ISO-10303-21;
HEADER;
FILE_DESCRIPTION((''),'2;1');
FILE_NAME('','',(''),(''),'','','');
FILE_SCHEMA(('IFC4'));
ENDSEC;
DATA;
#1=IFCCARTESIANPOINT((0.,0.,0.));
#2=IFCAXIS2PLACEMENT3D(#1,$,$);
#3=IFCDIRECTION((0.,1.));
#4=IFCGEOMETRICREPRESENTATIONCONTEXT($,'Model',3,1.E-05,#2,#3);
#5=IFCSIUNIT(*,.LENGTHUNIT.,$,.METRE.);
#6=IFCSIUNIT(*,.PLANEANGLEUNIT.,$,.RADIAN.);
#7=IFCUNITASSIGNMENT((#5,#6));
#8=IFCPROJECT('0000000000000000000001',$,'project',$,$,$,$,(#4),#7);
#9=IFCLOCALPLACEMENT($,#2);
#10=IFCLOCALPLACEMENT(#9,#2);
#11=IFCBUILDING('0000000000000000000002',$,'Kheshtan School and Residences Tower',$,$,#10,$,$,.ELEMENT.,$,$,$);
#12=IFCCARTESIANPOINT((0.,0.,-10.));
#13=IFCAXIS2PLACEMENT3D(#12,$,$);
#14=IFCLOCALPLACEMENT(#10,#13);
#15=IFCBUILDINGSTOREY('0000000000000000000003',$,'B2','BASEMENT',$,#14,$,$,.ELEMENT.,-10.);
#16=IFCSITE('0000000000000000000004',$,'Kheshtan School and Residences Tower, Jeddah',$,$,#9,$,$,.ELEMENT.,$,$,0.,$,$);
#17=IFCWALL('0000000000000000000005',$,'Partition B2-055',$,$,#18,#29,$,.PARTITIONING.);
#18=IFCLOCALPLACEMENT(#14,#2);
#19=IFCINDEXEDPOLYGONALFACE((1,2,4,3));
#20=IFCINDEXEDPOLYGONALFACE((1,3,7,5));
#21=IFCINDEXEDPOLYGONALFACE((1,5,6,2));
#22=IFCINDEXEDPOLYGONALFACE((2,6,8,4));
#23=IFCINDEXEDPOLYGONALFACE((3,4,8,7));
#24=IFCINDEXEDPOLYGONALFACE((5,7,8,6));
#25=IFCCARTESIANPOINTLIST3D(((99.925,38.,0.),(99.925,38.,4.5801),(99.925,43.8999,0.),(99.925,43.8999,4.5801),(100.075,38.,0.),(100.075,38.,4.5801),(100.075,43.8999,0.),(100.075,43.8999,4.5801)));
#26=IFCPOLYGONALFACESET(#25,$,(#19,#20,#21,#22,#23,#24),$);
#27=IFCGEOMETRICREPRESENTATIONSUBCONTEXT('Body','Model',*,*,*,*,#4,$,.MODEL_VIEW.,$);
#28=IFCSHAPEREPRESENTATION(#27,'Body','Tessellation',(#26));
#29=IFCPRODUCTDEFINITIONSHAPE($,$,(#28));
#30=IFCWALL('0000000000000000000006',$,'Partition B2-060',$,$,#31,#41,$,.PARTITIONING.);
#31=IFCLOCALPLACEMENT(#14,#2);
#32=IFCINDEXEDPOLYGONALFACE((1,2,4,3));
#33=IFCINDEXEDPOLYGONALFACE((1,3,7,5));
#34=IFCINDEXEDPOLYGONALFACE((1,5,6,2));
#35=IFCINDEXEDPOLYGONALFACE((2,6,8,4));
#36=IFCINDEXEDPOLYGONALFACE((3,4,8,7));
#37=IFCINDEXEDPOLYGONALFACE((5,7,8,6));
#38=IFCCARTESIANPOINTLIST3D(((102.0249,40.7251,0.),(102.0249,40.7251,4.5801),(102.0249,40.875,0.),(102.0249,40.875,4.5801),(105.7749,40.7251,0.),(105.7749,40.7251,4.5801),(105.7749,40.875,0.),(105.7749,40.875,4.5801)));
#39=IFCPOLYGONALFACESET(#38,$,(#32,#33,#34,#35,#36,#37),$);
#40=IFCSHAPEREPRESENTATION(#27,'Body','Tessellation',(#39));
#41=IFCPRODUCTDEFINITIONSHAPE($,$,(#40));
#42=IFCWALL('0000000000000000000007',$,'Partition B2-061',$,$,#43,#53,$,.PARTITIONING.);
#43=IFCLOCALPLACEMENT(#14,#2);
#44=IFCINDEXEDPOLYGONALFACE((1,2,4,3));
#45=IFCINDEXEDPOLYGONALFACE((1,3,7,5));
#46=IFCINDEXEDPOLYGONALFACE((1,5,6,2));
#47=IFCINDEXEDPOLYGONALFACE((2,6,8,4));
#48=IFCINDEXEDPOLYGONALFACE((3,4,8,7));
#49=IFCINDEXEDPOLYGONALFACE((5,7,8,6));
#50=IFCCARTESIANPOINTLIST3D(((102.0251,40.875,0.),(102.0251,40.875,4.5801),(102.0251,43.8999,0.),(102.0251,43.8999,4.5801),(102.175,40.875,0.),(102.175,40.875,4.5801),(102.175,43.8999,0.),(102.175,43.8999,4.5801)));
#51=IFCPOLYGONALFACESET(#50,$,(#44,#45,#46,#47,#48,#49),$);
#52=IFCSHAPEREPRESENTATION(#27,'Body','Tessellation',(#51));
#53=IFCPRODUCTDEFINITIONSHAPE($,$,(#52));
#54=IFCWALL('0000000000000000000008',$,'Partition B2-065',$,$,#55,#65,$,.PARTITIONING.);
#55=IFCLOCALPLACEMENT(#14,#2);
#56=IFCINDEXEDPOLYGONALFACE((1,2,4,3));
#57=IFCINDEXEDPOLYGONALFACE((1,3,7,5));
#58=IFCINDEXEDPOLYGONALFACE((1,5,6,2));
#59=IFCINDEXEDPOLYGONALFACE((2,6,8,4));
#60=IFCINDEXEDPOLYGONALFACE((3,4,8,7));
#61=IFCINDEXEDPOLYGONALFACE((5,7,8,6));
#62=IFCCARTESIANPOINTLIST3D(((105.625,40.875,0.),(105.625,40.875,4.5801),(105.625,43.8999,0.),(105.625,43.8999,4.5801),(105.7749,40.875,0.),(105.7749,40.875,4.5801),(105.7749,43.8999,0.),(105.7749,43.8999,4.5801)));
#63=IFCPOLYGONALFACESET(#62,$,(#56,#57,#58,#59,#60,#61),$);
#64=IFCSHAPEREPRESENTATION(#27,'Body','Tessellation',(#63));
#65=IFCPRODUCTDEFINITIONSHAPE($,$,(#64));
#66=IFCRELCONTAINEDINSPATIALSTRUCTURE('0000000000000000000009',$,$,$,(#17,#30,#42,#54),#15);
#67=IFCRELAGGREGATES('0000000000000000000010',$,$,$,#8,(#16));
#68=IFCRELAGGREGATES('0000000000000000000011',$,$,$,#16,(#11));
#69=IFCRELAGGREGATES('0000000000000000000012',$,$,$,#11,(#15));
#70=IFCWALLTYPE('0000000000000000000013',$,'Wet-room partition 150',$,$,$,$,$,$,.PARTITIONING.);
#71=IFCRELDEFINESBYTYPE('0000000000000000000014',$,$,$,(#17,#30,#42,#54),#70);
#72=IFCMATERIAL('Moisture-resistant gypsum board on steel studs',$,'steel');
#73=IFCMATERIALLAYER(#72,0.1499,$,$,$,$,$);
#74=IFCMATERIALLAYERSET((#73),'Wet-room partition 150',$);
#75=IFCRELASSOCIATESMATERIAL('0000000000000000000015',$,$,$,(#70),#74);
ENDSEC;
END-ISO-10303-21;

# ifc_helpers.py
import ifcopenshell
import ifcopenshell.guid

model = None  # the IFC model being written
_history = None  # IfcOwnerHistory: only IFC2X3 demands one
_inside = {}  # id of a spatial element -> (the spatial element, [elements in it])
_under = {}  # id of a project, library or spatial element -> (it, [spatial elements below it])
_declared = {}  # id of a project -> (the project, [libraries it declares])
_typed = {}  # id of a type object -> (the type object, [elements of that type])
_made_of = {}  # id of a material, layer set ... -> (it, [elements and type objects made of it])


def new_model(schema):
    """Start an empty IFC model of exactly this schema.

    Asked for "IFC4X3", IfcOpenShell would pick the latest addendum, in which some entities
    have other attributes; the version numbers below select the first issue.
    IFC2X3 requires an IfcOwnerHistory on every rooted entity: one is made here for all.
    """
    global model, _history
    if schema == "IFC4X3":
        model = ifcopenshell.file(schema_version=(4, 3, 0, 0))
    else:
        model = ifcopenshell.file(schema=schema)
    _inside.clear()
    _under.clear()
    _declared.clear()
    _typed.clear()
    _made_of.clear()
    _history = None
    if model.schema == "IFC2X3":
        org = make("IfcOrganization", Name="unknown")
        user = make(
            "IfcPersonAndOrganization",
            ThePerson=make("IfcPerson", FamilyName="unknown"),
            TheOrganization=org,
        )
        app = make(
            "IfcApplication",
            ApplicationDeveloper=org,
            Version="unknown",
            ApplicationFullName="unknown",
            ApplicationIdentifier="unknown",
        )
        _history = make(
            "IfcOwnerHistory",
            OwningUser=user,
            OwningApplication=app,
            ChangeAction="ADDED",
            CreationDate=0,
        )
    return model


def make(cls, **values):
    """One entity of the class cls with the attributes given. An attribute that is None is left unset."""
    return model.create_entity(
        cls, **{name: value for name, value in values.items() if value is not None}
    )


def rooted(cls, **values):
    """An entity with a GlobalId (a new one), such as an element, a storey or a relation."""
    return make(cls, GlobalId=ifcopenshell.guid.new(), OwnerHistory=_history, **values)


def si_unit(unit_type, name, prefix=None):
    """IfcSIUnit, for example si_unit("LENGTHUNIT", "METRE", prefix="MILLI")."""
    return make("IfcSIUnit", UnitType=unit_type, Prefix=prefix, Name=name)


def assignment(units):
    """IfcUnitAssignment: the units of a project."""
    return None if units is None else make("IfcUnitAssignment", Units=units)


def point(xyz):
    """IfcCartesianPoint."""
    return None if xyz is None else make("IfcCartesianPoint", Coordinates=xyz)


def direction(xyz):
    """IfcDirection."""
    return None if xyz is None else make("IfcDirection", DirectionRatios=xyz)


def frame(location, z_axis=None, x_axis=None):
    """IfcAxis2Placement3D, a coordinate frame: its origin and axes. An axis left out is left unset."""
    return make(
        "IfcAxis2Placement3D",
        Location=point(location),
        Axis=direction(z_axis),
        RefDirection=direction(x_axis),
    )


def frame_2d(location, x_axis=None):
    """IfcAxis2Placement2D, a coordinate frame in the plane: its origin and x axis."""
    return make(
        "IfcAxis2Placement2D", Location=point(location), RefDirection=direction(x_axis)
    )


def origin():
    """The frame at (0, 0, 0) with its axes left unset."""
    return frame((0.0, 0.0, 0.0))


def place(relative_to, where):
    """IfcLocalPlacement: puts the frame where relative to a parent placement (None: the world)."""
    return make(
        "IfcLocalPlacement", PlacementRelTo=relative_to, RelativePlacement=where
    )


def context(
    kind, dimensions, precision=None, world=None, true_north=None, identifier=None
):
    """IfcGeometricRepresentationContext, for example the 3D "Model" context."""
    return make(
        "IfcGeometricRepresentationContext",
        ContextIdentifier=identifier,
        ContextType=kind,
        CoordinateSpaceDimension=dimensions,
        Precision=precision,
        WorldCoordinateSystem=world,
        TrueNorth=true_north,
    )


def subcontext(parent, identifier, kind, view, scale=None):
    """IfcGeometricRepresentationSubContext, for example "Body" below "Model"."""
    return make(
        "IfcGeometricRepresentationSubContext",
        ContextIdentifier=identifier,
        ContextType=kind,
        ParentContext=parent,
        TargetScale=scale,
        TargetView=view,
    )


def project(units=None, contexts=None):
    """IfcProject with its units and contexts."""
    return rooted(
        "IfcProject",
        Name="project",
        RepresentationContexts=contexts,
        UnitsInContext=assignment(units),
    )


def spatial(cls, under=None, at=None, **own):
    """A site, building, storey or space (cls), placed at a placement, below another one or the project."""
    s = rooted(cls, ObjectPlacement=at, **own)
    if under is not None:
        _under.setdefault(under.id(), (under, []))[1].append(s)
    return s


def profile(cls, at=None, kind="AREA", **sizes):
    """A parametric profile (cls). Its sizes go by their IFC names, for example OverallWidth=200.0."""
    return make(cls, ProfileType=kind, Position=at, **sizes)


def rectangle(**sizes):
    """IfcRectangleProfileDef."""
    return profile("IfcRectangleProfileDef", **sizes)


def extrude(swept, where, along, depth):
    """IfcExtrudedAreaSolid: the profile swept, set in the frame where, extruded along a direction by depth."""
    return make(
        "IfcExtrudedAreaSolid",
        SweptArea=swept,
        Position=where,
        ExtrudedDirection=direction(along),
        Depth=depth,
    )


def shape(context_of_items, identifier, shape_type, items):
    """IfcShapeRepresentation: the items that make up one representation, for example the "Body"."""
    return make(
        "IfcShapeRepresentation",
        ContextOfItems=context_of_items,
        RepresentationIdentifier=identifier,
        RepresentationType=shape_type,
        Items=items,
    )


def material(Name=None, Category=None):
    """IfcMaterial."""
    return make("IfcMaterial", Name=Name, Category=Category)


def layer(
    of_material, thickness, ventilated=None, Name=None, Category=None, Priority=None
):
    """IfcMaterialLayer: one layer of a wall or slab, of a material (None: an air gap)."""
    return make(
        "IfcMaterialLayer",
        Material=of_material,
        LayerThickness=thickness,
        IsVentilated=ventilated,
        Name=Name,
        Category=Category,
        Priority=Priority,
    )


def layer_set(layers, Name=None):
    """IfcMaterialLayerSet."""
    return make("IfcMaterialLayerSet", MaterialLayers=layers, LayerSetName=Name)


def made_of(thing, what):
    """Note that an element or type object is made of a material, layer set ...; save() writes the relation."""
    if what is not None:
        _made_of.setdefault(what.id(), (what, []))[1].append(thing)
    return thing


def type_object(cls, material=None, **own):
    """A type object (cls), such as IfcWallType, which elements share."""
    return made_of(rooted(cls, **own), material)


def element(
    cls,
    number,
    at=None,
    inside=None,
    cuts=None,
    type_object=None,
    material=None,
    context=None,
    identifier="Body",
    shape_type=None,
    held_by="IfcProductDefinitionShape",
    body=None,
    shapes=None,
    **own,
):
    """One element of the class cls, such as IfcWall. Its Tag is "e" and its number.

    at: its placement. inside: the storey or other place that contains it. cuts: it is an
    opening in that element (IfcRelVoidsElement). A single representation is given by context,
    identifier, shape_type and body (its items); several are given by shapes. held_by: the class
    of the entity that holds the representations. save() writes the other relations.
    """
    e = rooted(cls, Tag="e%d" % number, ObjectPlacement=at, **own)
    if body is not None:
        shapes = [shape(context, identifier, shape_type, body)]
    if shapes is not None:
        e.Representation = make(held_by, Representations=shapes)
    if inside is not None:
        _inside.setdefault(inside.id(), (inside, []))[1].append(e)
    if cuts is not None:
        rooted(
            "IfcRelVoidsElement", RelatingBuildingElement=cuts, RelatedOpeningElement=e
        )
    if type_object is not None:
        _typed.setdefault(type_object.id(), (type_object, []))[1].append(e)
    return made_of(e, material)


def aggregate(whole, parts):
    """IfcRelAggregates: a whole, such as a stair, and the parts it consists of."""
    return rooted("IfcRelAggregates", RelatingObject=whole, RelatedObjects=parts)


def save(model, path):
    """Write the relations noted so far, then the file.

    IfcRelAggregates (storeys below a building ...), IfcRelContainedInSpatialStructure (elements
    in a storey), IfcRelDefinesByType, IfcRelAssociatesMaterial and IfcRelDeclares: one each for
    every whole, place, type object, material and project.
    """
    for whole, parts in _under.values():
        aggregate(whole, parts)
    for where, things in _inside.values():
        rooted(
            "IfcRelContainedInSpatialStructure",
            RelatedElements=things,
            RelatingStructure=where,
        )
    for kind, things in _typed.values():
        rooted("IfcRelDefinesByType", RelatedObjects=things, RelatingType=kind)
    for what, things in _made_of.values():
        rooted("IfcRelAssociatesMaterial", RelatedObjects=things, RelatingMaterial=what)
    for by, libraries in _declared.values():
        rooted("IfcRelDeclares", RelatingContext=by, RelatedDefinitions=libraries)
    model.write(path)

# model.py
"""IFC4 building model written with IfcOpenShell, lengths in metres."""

from ifc_helpers import new_model, si_unit, direction, frame, frame_2d, origin, place, context, subcontext, project, spatial, rectangle, extrude, material, layer, layer_set, type_object, element, save


model = new_model("IFC4")

# Units and contexts
model_context = context("Model", 3, precision=1e-05, world=origin(), true_north=direction((0.0, 1.0)))
body_context = subcontext(model_context, "Body", "Model", "MODEL_VIEW")
ifc_project = project(units=[si_unit("LENGTHUNIT", "METRE"), si_unit("PLANEANGLEUNIT", "RADIAN")], contexts=[model_context])

# Site, building, storey
site_placement = place(None, origin())
site = spatial("IfcSite", under=ifc_project, at=site_placement, Name="Kheshtan School and Residences Tower, Jeddah", CompositionType="ELEMENT", RefElevation=0.0)
building_placement = place(site_placement, origin())
building = spatial("IfcBuilding", under=site, at=building_placement, Name="Kheshtan School and Residences Tower", CompositionType="ELEMENT")
storey_placement = place(building_placement, frame((0.0, 0.0, -10.0)))
storey = spatial("IfcBuildingStorey", under=building, at=storey_placement, Name="B2", Description="BASEMENT", CompositionType="ELEMENT", Elevation=-10.0)

# Walls
ifc_material_1 = material(Name="Moisture-resistant gypsum board on steel studs", Category="steel")
ifc_layer_1 = layer(ifc_material_1, 0.1499)
ifc_layer_set_1 = layer_set([ifc_layer_1], Name="Wet-room partition 150")
wall_type_1 = type_object("IfcWallType", Name="Wet-room partition 150", PredefinedType="PARTITIONING", material=ifc_layer_set_1)
wall_1_placement = place(storey_placement, frame((100.0, 38.0, 0.0), z_axis=(0.0, 0.0, 1.0), x_axis=(0.0, 1.0, 0.0)))
element("IfcWall", 1, at=wall_1_placement, inside=storey, type_object=wall_type_1, Name="Partition B2-055", PredefinedType="PARTITIONING", context=body_context, shape_type="SweptSolid", body=[
    extrude(rectangle(XDim=5.8999, YDim=0.1499, at=frame_2d((2.95, 0.0))), origin(), (0.0, 0.0, 1.0), 4.5801),
])
wall_2_placement = place(storey_placement, frame((102.0249, 40.8, 0.0), z_axis=(0.0, 0.0, 1.0), x_axis=(1.0, 0.0, 0.0)))
element("IfcWall", 2, at=wall_2_placement, inside=storey, type_object=wall_type_1, Name="Partition B2-060", PredefinedType="PARTITIONING", context=body_context, shape_type="SweptSolid", body=[
    extrude(rectangle(XDim=3.75, YDim=0.1499, at=frame_2d((1.875, 0.0))), origin(), (0.0, 0.0, 1.0), 4.5801),
])
for number, where, z_axis, x_axis, name in (
    (3, (102.1001, 40.875, 0.0), (0.0, 0.0, 1.0), (0.0, 1.0, 0.0), "Partition B2-061"),
    (4, (105.7, 40.875, 0.0), (0.0, 0.0, 1.0), (0.0, 1.0, 0.0), "Partition B2-065"),
):
    element("IfcWall", number, at=place(storey_placement, frame(where, z_axis=z_axis, x_axis=x_axis)), inside=storey, type_object=wall_type_1, Name=name, PredefinedType="PARTITIONING", context=body_context, shape_type="SweptSolid", body=[
        extrude(rectangle(XDim=3.0249, YDim=0.1499, at=frame_2d((1.5125, 0.0))), origin(), (0.0, 0.0, 1.0), 4.5801),
    ])

save(model, "model.ifc")
